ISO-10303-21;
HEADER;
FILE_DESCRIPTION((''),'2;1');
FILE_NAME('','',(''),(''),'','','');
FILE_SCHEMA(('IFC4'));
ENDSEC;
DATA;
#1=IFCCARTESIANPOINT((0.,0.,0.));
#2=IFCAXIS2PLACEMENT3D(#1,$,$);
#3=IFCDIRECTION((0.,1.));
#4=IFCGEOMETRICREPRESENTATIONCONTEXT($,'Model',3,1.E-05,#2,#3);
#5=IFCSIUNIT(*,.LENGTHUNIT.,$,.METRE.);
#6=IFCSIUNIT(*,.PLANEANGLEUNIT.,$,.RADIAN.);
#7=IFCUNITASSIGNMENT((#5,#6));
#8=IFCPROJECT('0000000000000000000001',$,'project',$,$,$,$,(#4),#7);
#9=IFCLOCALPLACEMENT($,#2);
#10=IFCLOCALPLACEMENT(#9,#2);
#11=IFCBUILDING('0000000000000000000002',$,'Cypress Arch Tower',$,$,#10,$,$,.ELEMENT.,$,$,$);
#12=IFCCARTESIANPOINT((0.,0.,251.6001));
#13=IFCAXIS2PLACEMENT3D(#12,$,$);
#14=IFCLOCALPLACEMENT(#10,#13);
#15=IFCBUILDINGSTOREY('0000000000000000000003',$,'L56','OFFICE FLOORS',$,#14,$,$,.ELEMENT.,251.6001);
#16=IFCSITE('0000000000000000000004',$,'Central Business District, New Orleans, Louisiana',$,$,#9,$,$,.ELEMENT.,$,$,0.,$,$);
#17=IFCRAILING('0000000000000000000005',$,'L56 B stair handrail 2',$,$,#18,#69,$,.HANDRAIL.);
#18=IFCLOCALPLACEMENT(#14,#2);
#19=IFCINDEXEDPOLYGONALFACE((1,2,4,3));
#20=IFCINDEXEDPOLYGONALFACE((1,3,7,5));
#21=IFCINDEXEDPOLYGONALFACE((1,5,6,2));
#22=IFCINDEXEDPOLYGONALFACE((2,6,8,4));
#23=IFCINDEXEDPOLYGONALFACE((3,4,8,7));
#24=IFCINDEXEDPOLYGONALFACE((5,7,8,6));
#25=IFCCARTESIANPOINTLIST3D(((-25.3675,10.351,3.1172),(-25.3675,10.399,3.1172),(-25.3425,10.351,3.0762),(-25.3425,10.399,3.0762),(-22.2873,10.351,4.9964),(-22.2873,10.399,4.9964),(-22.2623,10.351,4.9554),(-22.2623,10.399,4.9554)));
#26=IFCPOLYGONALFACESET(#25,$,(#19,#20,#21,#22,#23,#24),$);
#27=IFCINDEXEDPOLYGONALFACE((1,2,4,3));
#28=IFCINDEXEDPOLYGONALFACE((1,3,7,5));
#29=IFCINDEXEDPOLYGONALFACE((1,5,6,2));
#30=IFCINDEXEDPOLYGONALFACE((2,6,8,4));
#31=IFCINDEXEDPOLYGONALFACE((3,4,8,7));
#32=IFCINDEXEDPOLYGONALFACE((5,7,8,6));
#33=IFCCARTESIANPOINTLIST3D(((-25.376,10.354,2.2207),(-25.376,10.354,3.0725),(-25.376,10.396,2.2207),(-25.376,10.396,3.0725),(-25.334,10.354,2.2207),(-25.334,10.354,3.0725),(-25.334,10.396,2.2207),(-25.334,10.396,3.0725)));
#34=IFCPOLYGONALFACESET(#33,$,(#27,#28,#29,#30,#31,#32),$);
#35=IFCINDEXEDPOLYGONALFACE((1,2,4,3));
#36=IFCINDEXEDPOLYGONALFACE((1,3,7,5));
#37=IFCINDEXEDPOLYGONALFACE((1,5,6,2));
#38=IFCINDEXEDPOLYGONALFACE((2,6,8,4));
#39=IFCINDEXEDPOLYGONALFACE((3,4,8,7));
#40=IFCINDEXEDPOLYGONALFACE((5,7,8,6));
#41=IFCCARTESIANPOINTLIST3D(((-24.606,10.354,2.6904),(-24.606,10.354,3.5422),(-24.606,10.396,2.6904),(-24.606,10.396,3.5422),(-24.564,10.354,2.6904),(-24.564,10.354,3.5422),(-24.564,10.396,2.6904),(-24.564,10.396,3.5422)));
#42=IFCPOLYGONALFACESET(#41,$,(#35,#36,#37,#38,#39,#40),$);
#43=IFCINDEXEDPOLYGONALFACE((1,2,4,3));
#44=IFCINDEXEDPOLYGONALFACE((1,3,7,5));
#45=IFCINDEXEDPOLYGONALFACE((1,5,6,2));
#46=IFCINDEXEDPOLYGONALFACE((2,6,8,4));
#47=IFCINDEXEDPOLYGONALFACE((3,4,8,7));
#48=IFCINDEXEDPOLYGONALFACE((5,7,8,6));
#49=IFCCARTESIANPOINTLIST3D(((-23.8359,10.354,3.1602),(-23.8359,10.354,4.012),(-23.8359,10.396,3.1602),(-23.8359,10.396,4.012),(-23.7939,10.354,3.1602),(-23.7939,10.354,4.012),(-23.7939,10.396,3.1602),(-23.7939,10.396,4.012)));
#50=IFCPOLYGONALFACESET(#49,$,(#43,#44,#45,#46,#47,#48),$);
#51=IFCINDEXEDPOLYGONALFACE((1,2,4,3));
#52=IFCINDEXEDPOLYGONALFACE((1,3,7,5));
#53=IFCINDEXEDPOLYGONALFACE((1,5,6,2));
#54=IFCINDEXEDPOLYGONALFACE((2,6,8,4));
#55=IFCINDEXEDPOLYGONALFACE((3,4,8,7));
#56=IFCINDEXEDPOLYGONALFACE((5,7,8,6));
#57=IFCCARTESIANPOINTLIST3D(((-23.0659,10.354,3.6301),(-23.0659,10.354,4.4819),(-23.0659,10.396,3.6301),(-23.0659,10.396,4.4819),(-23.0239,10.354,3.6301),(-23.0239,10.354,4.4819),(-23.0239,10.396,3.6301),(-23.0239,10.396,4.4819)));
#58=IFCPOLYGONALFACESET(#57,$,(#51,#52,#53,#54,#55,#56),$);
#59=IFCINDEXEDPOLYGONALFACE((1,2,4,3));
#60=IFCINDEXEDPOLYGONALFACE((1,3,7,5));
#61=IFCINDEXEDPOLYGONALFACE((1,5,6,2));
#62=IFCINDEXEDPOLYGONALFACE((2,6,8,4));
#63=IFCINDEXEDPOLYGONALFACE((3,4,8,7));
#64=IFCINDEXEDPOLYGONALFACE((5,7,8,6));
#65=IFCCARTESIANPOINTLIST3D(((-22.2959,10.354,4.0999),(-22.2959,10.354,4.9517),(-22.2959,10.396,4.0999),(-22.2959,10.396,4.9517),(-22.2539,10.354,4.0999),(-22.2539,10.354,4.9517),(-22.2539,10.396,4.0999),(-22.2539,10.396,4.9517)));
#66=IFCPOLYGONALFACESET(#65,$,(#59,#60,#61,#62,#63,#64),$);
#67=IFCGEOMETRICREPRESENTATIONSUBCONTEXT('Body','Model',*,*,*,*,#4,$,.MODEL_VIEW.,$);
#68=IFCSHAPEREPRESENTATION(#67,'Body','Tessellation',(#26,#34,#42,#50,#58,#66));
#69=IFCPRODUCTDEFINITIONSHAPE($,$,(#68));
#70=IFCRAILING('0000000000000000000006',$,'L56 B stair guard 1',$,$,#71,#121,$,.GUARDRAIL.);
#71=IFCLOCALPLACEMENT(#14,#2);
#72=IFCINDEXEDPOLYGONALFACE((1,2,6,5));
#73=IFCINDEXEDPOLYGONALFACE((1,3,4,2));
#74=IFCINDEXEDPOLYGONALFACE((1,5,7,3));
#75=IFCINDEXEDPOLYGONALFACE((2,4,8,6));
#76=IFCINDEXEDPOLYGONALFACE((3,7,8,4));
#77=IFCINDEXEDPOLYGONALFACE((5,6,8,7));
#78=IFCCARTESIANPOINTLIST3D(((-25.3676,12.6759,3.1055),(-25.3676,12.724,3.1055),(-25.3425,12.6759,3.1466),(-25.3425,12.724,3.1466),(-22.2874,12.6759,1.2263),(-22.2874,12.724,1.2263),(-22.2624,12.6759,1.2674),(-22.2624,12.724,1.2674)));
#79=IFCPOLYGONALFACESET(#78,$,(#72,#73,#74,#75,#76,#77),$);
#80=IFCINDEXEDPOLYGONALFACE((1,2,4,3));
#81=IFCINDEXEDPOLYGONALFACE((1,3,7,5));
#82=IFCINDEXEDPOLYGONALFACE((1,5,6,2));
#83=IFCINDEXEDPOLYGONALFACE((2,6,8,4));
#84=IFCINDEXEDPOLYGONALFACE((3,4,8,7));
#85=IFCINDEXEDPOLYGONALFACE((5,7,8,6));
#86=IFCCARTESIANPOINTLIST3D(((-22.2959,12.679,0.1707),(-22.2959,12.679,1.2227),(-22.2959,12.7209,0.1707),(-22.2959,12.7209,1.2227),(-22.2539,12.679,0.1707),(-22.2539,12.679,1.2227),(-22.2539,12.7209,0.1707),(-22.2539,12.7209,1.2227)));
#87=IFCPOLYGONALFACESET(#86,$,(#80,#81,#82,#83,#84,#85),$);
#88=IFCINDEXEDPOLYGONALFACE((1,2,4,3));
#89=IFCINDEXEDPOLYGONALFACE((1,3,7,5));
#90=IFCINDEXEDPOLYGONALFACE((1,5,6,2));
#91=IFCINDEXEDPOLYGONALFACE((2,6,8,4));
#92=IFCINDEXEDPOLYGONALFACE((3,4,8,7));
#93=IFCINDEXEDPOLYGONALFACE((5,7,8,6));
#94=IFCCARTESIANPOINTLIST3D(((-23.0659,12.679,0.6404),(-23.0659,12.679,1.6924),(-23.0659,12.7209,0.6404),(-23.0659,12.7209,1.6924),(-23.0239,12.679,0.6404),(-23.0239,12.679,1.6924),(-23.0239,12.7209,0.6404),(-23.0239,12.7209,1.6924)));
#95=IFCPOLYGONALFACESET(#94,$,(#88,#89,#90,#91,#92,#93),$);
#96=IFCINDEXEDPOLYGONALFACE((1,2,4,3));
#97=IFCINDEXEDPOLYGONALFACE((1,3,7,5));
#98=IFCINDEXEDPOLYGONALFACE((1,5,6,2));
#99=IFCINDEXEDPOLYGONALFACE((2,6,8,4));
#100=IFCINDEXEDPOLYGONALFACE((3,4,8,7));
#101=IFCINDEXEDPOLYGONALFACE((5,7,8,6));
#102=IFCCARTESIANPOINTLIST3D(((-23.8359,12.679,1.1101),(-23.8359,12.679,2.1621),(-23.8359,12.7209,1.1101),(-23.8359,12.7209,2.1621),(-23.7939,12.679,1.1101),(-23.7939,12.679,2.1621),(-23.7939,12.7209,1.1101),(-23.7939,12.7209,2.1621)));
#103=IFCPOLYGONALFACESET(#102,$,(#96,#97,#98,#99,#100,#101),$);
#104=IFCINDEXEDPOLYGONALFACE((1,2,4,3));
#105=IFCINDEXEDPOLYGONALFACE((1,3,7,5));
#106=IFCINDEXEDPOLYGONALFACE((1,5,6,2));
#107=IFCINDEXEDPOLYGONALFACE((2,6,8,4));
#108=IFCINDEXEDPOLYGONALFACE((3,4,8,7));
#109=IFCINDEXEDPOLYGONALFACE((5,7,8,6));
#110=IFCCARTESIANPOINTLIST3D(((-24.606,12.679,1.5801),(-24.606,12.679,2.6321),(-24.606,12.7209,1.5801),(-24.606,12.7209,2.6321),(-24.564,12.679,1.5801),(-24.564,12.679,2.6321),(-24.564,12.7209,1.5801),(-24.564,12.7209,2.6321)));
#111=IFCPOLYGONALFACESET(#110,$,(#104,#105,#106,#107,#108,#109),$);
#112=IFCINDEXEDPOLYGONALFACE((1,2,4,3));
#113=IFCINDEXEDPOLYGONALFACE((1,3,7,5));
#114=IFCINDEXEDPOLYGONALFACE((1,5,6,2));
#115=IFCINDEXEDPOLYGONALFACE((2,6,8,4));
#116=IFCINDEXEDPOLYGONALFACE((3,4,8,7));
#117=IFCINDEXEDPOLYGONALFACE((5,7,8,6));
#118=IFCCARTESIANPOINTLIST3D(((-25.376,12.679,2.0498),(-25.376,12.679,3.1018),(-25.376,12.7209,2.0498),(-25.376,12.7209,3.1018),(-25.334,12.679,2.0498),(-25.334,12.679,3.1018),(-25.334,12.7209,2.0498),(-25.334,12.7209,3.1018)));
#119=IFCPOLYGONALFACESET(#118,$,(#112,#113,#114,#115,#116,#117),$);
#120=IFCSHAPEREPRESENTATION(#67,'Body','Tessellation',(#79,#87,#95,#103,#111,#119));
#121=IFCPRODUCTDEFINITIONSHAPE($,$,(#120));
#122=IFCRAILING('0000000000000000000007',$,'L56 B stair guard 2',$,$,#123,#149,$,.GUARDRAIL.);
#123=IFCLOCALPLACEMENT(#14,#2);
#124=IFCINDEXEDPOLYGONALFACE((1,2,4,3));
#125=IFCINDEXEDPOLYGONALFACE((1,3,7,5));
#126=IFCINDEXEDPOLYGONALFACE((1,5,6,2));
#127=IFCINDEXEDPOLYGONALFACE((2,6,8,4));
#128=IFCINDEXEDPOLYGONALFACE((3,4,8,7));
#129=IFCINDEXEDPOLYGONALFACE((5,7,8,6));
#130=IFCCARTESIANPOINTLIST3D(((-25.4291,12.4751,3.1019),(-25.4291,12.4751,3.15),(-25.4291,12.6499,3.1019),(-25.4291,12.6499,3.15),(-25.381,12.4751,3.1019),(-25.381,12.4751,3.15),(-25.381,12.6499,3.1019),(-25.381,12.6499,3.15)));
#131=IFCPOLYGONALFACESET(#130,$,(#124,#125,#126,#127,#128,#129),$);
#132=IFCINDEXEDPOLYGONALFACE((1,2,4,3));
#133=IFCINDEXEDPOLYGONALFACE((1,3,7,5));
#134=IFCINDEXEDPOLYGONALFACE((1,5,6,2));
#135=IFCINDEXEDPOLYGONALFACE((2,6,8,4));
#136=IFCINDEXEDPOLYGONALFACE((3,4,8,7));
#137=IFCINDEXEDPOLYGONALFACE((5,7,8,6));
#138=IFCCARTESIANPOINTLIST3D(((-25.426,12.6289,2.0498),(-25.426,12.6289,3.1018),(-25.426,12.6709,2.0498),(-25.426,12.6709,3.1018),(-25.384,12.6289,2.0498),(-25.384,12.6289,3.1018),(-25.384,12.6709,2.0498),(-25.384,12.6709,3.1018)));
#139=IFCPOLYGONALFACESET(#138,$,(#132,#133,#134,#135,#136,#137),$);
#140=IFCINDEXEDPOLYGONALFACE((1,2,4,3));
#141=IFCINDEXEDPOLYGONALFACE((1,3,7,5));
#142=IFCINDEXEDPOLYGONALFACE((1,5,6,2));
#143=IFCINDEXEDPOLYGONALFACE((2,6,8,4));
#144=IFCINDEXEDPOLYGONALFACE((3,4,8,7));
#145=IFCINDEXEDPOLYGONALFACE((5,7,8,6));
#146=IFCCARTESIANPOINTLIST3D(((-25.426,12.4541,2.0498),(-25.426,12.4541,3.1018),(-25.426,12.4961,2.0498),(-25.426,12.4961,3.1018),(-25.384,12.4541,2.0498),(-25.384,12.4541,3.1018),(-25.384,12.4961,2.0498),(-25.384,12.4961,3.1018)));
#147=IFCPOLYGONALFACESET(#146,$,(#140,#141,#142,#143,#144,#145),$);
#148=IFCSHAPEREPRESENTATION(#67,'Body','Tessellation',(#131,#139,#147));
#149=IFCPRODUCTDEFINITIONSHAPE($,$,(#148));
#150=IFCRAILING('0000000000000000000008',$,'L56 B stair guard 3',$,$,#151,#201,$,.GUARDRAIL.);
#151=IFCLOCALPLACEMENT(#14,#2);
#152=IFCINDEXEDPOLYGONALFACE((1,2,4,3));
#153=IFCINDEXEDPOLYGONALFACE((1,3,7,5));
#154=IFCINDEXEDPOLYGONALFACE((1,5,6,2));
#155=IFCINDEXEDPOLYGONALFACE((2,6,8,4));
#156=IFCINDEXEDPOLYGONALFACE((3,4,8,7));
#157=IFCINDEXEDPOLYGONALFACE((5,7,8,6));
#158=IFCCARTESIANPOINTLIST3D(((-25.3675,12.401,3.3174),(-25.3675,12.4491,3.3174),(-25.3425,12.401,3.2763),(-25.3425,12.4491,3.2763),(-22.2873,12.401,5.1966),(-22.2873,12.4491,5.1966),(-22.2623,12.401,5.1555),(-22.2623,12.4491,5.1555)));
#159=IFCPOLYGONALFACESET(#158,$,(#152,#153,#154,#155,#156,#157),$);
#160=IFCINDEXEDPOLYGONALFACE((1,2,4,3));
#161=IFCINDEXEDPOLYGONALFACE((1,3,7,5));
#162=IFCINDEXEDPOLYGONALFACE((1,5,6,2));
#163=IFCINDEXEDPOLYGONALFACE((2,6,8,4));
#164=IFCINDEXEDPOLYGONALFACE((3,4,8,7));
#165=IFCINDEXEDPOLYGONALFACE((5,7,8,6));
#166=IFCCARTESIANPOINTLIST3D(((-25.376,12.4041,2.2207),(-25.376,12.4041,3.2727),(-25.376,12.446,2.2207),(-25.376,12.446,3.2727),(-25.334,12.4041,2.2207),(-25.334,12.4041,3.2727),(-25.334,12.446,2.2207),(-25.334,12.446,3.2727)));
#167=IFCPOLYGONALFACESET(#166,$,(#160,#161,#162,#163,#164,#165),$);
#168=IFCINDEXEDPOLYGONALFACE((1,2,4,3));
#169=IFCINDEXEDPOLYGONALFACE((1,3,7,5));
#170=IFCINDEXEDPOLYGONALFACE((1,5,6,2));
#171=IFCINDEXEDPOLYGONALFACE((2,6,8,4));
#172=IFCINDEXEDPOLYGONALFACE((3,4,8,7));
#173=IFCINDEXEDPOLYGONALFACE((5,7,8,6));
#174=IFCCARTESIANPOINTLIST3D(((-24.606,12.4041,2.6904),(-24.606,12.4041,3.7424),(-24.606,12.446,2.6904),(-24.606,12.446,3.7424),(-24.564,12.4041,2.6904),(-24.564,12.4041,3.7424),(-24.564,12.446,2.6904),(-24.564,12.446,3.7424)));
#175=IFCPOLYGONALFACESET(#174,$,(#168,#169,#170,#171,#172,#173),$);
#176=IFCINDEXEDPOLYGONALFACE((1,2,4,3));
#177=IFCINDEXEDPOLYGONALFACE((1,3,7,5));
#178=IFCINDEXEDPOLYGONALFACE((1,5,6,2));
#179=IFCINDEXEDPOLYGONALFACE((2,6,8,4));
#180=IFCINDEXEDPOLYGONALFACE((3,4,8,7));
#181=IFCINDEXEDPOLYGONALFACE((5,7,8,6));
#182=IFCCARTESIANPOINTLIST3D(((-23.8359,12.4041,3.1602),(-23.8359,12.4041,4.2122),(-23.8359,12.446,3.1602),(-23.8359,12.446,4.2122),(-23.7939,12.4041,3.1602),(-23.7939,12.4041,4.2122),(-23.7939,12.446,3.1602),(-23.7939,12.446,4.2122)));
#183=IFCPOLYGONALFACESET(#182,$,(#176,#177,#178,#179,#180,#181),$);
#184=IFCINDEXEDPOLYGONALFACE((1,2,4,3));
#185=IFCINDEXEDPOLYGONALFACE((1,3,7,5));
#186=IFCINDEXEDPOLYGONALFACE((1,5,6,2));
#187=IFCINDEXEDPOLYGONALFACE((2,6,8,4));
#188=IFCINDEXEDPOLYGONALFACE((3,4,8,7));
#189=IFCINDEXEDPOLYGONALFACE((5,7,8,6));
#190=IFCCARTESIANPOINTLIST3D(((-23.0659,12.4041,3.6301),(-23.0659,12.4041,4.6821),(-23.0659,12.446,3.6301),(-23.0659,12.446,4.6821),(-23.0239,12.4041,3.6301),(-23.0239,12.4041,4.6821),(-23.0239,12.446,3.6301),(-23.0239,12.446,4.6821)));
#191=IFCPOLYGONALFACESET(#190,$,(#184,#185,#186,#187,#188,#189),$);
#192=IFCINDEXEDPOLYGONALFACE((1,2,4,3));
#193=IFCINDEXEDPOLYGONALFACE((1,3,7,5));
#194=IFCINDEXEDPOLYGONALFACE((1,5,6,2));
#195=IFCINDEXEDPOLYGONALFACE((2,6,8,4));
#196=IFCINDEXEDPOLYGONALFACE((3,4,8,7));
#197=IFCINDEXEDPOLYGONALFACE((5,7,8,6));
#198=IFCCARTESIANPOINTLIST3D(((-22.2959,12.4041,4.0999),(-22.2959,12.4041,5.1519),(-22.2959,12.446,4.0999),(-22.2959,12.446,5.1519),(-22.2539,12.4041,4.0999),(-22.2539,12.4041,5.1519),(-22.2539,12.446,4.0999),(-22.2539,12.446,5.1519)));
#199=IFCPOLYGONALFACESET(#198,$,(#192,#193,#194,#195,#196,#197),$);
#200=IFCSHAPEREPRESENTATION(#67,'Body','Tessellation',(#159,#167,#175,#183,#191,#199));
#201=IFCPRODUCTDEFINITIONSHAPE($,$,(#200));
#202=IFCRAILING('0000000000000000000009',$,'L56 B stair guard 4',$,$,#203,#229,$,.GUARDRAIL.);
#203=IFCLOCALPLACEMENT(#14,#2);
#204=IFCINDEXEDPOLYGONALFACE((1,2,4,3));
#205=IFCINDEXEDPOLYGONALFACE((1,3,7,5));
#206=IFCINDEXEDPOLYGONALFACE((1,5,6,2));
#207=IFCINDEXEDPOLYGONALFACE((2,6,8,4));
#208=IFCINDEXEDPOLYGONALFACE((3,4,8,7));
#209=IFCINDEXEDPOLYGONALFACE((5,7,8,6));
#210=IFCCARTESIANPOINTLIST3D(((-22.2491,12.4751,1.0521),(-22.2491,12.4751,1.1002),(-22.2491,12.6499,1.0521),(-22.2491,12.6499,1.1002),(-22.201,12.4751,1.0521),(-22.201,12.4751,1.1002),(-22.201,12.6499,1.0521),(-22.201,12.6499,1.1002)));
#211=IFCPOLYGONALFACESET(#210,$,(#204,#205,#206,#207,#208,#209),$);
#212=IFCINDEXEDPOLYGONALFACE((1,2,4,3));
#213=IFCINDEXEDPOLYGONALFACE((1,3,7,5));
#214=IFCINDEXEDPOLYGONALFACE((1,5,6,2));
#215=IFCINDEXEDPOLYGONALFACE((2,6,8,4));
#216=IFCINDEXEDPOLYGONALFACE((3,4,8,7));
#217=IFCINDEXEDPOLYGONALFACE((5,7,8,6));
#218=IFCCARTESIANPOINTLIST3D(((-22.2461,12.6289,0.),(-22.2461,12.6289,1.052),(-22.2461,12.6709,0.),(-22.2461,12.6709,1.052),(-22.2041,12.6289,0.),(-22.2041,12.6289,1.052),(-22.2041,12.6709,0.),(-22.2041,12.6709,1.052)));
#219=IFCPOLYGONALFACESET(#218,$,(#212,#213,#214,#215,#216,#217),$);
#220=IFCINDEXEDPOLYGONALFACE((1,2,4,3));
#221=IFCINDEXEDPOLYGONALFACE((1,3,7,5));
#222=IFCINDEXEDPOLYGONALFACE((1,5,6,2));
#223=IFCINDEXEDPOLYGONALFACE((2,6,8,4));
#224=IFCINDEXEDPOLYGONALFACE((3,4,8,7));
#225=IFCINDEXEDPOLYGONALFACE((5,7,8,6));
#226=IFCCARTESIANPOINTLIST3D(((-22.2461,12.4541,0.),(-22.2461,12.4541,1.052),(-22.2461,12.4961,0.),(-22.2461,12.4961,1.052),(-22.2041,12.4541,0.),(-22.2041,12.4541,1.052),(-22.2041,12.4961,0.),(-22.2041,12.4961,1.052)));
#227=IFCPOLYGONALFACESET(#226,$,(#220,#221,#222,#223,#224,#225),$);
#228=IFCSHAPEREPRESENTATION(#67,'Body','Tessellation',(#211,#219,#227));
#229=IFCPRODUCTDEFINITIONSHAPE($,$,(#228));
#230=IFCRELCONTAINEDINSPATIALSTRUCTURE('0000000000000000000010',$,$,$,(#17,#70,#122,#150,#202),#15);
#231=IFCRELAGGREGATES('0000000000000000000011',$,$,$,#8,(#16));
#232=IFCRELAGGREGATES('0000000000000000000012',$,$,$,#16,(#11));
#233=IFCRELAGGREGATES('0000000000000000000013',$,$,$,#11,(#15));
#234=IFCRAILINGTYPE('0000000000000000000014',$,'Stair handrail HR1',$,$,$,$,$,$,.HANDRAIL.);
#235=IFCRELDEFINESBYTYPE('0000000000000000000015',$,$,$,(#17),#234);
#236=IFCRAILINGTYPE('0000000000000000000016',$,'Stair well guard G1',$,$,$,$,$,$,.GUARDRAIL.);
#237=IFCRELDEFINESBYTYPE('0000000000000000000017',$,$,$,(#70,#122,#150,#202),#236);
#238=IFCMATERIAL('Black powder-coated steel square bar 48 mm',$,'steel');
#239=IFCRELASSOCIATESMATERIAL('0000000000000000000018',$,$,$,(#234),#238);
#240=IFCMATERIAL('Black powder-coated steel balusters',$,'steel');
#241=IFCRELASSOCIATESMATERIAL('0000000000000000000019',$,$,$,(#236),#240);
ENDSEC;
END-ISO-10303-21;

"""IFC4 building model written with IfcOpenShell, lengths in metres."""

from ifc_helpers import new_model, si_unit, direction, frame, origin, origin_2d, place, context, subcontext, project, spatial, rectangle, extrude, material, type_object, element, save


model = new_model("IFC4")

# Units and contexts
model_context = context("Model", 3, precision=1e-05, world=origin(), true_north=direction((0.0, 1.0)))
body_context = subcontext(model_context, "Body", "Model", "MODEL_VIEW")
ifc_project = project(units=[si_unit("LENGTHUNIT", "METRE"), si_unit("PLANEANGLEUNIT", "RADIAN")], contexts=[model_context])

# Site, building, storey
site_placement = place(None, origin())
site = spatial("IfcSite", under=ifc_project, at=site_placement, Name="Central Business District, New Orleans, Louisiana", CompositionType="ELEMENT", RefElevation=0.0)
building_placement = place(site_placement, origin())
building = spatial("IfcBuilding", under=site, at=building_placement, Name="Cypress Arch Tower", CompositionType="ELEMENT")
storey_placement = place(building_placement, frame((0.0, 0.0, 251.6001)))
storey = spatial("IfcBuildingStorey", under=building, at=storey_placement, Name="L56", Description="OFFICE FLOORS", CompositionType="ELEMENT", Elevation=251.6001)

# Railings
ifc_material_1 = material(Name="Black powder-coated steel square bar 48 mm", Category="steel")
railing_type_1 = type_object("IfcRailingType", Name="Stair handrail HR1", PredefinedType="HANDRAIL", material=ifc_material_1)
railing_1_placement = place(storey_placement, frame((-25.355, 10.375, 2.2207)))
element("IfcRailing", 1, at=railing_1_placement, inside=storey, type_object=railing_type_1, Name="L56 B stair handrail 2", PredefinedType="HANDRAIL", context=body_context, shape_type="SweptSolid", body=[
    extrude(rectangle(XDim=0.0481, YDim=0.0481, at=origin_2d()), frame((0.0, 0.0, 0.876), z_axis=(0.853666, 0.0, 0.52082), x_axis=(0.0, 1.0, 0.0)), (0.0, 0.0, 1.0), 3.6082),
    extrude(rectangle(XDim=0.042, YDim=0.042, at=origin_2d()), origin(), (0.0, 0.0, 1.0), 0.8518),
    extrude(rectangle(XDim=0.042, YDim=0.042, at=origin_2d()), frame((0.77, 0.0, 0.4697)), (0.0, 0.0, 1.0), 0.8518),
    extrude(rectangle(XDim=0.042, YDim=0.042, at=origin_2d()), frame((1.54, 0.0, 0.9395)), (0.0, 0.0, 1.0), 0.8518),
    extrude(rectangle(XDim=0.042, YDim=0.042, at=origin_2d()), frame((2.3101, 0.0, 1.4094)), (0.0, 0.0, 1.0), 0.8518),
    extrude(rectangle(XDim=0.042, YDim=0.042, at=origin_2d()), frame((3.0801, 0.0, 1.8792)), (0.0, 0.0, 1.0), 0.8518),
])
ifc_material_2 = material(Name="Black powder-coated steel balusters", Category="steel")
railing_type_2 = type_object("IfcRailingType", Name="Stair well guard G1", PredefinedType="GUARDRAIL", material=ifc_material_2)
railing_2_placement = place(storey_placement, frame((-22.2749, 12.7, 0.1707)))
element("IfcRailing", 2, at=railing_2_placement, inside=storey, type_object=railing_type_2, Name="L56 B stair guard 1", PredefinedType="GUARDRAIL", context=body_context, shape_type="SweptSolid", body=[
    extrude(rectangle(XDim=0.0481, YDim=0.0481, at=origin_2d()), frame((0.0, 0.0, 1.0762), z_axis=(-0.853666, 0.0, 0.52082), x_axis=(0.0, -1.0, 0.0)), (0.0, 0.0, 1.0), 3.6082),
    extrude(rectangle(XDim=0.042, YDim=0.042, at=origin_2d()), origin(), (0.0, 0.0, 1.0), 1.052),
    extrude(rectangle(XDim=0.042, YDim=0.042, at=origin_2d()), frame((-0.77, 0.0, 0.4697)), (0.0, 0.0, 1.0), 1.052),
    extrude(rectangle(XDim=0.042, YDim=0.042, at=origin_2d()), frame((-1.54, 0.0, 0.9395)), (0.0, 0.0, 1.0), 1.052),
    extrude(rectangle(XDim=0.042, YDim=0.042, at=origin_2d()), frame((-2.3101, 0.0, 1.4094)), (0.0, 0.0, 1.0), 1.052),
    extrude(rectangle(XDim=0.042, YDim=0.042, at=origin_2d()), frame((-3.0801, 0.0, 1.8792)), (0.0, 0.0, 1.0), 1.052),
])
railing_3_placement = place(storey_placement, frame((-25.405, 12.6499, 2.0498)))
element("IfcRailing", 3, at=railing_3_placement, inside=storey, type_object=railing_type_2, Name="L56 B stair guard 2", PredefinedType="GUARDRAIL", context=body_context, shape_type="SweptSolid", body=[
    extrude(rectangle(XDim=0.0481, YDim=0.0481, at=origin_2d()), frame((0.0, 0.0, 1.0762), z_axis=(0.0, -1.0, 0.0), x_axis=(1.0, 0.0, 0.0)), (0.0, 0.0, 1.0), 0.1748),
    extrude(rectangle(XDim=0.042, YDim=0.042, at=origin_2d()), origin(), (0.0, 0.0, 1.0), 1.052),
    extrude(rectangle(XDim=0.042, YDim=0.042, at=origin_2d()), frame((0.0, -0.1748, 0.0)), (0.0, 0.0, 1.0), 1.052),
])
railing_4_placement = place(storey_placement, frame((-25.355, 12.425, 2.2207)))
element("IfcRailing", 4, at=railing_4_placement, inside=storey, type_object=railing_type_2, Name="L56 B stair guard 3", PredefinedType="GUARDRAIL", context=body_context, shape_type="SweptSolid", body=[
    extrude(rectangle(XDim=0.0481, YDim=0.0481, at=origin_2d()), frame((0.0, 0.0, 1.0762), z_axis=(0.853666, 0.0, 0.52082), x_axis=(0.0, 1.0, 0.0)), (0.0, 0.0, 1.0), 3.6082),
    extrude(rectangle(XDim=0.042, YDim=0.042, at=origin_2d()), origin(), (0.0, 0.0, 1.0), 1.052),
    extrude(rectangle(XDim=0.042, YDim=0.042, at=origin_2d()), frame((0.77, 0.0, 0.4697)), (0.0, 0.0, 1.0), 1.052),
    extrude(rectangle(XDim=0.042, YDim=0.042, at=origin_2d()), frame((1.54, 0.0, 0.9395)), (0.0, 0.0, 1.0), 1.052),
    extrude(rectangle(XDim=0.042, YDim=0.042, at=origin_2d()), frame((2.3101, 0.0, 1.4094)), (0.0, 0.0, 1.0), 1.052),
    extrude(rectangle(XDim=0.042, YDim=0.042, at=origin_2d()), frame((3.0801, 0.0, 1.8792)), (0.0, 0.0, 1.0), 1.052),
])
railing_5_placement = place(storey_placement, frame((-22.2251, 12.6499, 0.0)))
element("IfcRailing", 5, at=railing_5_placement, inside=storey, type_object=railing_type_2, Name="L56 B stair guard 4", PredefinedType="GUARDRAIL", context=body_context, shape_type="SweptSolid", body=[
    extrude(rectangle(XDim=0.0481, YDim=0.0481, at=origin_2d()), frame((0.0, 0.0, 1.0762), z_axis=(0.0, -1.0, 0.0), x_axis=(1.0, 0.0, 0.0)), (0.0, 0.0, 1.0), 0.1748),
    extrude(rectangle(XDim=0.042, YDim=0.042, at=origin_2d()), origin(), (0.0, 0.0, 1.0), 1.052),
    extrude(rectangle(XDim=0.042, YDim=0.042, at=origin_2d()), frame((0.0, -0.1748, 0.0)), (0.0, 0.0, 1.0), 1.052),
])

save(model, "model.ifc")
